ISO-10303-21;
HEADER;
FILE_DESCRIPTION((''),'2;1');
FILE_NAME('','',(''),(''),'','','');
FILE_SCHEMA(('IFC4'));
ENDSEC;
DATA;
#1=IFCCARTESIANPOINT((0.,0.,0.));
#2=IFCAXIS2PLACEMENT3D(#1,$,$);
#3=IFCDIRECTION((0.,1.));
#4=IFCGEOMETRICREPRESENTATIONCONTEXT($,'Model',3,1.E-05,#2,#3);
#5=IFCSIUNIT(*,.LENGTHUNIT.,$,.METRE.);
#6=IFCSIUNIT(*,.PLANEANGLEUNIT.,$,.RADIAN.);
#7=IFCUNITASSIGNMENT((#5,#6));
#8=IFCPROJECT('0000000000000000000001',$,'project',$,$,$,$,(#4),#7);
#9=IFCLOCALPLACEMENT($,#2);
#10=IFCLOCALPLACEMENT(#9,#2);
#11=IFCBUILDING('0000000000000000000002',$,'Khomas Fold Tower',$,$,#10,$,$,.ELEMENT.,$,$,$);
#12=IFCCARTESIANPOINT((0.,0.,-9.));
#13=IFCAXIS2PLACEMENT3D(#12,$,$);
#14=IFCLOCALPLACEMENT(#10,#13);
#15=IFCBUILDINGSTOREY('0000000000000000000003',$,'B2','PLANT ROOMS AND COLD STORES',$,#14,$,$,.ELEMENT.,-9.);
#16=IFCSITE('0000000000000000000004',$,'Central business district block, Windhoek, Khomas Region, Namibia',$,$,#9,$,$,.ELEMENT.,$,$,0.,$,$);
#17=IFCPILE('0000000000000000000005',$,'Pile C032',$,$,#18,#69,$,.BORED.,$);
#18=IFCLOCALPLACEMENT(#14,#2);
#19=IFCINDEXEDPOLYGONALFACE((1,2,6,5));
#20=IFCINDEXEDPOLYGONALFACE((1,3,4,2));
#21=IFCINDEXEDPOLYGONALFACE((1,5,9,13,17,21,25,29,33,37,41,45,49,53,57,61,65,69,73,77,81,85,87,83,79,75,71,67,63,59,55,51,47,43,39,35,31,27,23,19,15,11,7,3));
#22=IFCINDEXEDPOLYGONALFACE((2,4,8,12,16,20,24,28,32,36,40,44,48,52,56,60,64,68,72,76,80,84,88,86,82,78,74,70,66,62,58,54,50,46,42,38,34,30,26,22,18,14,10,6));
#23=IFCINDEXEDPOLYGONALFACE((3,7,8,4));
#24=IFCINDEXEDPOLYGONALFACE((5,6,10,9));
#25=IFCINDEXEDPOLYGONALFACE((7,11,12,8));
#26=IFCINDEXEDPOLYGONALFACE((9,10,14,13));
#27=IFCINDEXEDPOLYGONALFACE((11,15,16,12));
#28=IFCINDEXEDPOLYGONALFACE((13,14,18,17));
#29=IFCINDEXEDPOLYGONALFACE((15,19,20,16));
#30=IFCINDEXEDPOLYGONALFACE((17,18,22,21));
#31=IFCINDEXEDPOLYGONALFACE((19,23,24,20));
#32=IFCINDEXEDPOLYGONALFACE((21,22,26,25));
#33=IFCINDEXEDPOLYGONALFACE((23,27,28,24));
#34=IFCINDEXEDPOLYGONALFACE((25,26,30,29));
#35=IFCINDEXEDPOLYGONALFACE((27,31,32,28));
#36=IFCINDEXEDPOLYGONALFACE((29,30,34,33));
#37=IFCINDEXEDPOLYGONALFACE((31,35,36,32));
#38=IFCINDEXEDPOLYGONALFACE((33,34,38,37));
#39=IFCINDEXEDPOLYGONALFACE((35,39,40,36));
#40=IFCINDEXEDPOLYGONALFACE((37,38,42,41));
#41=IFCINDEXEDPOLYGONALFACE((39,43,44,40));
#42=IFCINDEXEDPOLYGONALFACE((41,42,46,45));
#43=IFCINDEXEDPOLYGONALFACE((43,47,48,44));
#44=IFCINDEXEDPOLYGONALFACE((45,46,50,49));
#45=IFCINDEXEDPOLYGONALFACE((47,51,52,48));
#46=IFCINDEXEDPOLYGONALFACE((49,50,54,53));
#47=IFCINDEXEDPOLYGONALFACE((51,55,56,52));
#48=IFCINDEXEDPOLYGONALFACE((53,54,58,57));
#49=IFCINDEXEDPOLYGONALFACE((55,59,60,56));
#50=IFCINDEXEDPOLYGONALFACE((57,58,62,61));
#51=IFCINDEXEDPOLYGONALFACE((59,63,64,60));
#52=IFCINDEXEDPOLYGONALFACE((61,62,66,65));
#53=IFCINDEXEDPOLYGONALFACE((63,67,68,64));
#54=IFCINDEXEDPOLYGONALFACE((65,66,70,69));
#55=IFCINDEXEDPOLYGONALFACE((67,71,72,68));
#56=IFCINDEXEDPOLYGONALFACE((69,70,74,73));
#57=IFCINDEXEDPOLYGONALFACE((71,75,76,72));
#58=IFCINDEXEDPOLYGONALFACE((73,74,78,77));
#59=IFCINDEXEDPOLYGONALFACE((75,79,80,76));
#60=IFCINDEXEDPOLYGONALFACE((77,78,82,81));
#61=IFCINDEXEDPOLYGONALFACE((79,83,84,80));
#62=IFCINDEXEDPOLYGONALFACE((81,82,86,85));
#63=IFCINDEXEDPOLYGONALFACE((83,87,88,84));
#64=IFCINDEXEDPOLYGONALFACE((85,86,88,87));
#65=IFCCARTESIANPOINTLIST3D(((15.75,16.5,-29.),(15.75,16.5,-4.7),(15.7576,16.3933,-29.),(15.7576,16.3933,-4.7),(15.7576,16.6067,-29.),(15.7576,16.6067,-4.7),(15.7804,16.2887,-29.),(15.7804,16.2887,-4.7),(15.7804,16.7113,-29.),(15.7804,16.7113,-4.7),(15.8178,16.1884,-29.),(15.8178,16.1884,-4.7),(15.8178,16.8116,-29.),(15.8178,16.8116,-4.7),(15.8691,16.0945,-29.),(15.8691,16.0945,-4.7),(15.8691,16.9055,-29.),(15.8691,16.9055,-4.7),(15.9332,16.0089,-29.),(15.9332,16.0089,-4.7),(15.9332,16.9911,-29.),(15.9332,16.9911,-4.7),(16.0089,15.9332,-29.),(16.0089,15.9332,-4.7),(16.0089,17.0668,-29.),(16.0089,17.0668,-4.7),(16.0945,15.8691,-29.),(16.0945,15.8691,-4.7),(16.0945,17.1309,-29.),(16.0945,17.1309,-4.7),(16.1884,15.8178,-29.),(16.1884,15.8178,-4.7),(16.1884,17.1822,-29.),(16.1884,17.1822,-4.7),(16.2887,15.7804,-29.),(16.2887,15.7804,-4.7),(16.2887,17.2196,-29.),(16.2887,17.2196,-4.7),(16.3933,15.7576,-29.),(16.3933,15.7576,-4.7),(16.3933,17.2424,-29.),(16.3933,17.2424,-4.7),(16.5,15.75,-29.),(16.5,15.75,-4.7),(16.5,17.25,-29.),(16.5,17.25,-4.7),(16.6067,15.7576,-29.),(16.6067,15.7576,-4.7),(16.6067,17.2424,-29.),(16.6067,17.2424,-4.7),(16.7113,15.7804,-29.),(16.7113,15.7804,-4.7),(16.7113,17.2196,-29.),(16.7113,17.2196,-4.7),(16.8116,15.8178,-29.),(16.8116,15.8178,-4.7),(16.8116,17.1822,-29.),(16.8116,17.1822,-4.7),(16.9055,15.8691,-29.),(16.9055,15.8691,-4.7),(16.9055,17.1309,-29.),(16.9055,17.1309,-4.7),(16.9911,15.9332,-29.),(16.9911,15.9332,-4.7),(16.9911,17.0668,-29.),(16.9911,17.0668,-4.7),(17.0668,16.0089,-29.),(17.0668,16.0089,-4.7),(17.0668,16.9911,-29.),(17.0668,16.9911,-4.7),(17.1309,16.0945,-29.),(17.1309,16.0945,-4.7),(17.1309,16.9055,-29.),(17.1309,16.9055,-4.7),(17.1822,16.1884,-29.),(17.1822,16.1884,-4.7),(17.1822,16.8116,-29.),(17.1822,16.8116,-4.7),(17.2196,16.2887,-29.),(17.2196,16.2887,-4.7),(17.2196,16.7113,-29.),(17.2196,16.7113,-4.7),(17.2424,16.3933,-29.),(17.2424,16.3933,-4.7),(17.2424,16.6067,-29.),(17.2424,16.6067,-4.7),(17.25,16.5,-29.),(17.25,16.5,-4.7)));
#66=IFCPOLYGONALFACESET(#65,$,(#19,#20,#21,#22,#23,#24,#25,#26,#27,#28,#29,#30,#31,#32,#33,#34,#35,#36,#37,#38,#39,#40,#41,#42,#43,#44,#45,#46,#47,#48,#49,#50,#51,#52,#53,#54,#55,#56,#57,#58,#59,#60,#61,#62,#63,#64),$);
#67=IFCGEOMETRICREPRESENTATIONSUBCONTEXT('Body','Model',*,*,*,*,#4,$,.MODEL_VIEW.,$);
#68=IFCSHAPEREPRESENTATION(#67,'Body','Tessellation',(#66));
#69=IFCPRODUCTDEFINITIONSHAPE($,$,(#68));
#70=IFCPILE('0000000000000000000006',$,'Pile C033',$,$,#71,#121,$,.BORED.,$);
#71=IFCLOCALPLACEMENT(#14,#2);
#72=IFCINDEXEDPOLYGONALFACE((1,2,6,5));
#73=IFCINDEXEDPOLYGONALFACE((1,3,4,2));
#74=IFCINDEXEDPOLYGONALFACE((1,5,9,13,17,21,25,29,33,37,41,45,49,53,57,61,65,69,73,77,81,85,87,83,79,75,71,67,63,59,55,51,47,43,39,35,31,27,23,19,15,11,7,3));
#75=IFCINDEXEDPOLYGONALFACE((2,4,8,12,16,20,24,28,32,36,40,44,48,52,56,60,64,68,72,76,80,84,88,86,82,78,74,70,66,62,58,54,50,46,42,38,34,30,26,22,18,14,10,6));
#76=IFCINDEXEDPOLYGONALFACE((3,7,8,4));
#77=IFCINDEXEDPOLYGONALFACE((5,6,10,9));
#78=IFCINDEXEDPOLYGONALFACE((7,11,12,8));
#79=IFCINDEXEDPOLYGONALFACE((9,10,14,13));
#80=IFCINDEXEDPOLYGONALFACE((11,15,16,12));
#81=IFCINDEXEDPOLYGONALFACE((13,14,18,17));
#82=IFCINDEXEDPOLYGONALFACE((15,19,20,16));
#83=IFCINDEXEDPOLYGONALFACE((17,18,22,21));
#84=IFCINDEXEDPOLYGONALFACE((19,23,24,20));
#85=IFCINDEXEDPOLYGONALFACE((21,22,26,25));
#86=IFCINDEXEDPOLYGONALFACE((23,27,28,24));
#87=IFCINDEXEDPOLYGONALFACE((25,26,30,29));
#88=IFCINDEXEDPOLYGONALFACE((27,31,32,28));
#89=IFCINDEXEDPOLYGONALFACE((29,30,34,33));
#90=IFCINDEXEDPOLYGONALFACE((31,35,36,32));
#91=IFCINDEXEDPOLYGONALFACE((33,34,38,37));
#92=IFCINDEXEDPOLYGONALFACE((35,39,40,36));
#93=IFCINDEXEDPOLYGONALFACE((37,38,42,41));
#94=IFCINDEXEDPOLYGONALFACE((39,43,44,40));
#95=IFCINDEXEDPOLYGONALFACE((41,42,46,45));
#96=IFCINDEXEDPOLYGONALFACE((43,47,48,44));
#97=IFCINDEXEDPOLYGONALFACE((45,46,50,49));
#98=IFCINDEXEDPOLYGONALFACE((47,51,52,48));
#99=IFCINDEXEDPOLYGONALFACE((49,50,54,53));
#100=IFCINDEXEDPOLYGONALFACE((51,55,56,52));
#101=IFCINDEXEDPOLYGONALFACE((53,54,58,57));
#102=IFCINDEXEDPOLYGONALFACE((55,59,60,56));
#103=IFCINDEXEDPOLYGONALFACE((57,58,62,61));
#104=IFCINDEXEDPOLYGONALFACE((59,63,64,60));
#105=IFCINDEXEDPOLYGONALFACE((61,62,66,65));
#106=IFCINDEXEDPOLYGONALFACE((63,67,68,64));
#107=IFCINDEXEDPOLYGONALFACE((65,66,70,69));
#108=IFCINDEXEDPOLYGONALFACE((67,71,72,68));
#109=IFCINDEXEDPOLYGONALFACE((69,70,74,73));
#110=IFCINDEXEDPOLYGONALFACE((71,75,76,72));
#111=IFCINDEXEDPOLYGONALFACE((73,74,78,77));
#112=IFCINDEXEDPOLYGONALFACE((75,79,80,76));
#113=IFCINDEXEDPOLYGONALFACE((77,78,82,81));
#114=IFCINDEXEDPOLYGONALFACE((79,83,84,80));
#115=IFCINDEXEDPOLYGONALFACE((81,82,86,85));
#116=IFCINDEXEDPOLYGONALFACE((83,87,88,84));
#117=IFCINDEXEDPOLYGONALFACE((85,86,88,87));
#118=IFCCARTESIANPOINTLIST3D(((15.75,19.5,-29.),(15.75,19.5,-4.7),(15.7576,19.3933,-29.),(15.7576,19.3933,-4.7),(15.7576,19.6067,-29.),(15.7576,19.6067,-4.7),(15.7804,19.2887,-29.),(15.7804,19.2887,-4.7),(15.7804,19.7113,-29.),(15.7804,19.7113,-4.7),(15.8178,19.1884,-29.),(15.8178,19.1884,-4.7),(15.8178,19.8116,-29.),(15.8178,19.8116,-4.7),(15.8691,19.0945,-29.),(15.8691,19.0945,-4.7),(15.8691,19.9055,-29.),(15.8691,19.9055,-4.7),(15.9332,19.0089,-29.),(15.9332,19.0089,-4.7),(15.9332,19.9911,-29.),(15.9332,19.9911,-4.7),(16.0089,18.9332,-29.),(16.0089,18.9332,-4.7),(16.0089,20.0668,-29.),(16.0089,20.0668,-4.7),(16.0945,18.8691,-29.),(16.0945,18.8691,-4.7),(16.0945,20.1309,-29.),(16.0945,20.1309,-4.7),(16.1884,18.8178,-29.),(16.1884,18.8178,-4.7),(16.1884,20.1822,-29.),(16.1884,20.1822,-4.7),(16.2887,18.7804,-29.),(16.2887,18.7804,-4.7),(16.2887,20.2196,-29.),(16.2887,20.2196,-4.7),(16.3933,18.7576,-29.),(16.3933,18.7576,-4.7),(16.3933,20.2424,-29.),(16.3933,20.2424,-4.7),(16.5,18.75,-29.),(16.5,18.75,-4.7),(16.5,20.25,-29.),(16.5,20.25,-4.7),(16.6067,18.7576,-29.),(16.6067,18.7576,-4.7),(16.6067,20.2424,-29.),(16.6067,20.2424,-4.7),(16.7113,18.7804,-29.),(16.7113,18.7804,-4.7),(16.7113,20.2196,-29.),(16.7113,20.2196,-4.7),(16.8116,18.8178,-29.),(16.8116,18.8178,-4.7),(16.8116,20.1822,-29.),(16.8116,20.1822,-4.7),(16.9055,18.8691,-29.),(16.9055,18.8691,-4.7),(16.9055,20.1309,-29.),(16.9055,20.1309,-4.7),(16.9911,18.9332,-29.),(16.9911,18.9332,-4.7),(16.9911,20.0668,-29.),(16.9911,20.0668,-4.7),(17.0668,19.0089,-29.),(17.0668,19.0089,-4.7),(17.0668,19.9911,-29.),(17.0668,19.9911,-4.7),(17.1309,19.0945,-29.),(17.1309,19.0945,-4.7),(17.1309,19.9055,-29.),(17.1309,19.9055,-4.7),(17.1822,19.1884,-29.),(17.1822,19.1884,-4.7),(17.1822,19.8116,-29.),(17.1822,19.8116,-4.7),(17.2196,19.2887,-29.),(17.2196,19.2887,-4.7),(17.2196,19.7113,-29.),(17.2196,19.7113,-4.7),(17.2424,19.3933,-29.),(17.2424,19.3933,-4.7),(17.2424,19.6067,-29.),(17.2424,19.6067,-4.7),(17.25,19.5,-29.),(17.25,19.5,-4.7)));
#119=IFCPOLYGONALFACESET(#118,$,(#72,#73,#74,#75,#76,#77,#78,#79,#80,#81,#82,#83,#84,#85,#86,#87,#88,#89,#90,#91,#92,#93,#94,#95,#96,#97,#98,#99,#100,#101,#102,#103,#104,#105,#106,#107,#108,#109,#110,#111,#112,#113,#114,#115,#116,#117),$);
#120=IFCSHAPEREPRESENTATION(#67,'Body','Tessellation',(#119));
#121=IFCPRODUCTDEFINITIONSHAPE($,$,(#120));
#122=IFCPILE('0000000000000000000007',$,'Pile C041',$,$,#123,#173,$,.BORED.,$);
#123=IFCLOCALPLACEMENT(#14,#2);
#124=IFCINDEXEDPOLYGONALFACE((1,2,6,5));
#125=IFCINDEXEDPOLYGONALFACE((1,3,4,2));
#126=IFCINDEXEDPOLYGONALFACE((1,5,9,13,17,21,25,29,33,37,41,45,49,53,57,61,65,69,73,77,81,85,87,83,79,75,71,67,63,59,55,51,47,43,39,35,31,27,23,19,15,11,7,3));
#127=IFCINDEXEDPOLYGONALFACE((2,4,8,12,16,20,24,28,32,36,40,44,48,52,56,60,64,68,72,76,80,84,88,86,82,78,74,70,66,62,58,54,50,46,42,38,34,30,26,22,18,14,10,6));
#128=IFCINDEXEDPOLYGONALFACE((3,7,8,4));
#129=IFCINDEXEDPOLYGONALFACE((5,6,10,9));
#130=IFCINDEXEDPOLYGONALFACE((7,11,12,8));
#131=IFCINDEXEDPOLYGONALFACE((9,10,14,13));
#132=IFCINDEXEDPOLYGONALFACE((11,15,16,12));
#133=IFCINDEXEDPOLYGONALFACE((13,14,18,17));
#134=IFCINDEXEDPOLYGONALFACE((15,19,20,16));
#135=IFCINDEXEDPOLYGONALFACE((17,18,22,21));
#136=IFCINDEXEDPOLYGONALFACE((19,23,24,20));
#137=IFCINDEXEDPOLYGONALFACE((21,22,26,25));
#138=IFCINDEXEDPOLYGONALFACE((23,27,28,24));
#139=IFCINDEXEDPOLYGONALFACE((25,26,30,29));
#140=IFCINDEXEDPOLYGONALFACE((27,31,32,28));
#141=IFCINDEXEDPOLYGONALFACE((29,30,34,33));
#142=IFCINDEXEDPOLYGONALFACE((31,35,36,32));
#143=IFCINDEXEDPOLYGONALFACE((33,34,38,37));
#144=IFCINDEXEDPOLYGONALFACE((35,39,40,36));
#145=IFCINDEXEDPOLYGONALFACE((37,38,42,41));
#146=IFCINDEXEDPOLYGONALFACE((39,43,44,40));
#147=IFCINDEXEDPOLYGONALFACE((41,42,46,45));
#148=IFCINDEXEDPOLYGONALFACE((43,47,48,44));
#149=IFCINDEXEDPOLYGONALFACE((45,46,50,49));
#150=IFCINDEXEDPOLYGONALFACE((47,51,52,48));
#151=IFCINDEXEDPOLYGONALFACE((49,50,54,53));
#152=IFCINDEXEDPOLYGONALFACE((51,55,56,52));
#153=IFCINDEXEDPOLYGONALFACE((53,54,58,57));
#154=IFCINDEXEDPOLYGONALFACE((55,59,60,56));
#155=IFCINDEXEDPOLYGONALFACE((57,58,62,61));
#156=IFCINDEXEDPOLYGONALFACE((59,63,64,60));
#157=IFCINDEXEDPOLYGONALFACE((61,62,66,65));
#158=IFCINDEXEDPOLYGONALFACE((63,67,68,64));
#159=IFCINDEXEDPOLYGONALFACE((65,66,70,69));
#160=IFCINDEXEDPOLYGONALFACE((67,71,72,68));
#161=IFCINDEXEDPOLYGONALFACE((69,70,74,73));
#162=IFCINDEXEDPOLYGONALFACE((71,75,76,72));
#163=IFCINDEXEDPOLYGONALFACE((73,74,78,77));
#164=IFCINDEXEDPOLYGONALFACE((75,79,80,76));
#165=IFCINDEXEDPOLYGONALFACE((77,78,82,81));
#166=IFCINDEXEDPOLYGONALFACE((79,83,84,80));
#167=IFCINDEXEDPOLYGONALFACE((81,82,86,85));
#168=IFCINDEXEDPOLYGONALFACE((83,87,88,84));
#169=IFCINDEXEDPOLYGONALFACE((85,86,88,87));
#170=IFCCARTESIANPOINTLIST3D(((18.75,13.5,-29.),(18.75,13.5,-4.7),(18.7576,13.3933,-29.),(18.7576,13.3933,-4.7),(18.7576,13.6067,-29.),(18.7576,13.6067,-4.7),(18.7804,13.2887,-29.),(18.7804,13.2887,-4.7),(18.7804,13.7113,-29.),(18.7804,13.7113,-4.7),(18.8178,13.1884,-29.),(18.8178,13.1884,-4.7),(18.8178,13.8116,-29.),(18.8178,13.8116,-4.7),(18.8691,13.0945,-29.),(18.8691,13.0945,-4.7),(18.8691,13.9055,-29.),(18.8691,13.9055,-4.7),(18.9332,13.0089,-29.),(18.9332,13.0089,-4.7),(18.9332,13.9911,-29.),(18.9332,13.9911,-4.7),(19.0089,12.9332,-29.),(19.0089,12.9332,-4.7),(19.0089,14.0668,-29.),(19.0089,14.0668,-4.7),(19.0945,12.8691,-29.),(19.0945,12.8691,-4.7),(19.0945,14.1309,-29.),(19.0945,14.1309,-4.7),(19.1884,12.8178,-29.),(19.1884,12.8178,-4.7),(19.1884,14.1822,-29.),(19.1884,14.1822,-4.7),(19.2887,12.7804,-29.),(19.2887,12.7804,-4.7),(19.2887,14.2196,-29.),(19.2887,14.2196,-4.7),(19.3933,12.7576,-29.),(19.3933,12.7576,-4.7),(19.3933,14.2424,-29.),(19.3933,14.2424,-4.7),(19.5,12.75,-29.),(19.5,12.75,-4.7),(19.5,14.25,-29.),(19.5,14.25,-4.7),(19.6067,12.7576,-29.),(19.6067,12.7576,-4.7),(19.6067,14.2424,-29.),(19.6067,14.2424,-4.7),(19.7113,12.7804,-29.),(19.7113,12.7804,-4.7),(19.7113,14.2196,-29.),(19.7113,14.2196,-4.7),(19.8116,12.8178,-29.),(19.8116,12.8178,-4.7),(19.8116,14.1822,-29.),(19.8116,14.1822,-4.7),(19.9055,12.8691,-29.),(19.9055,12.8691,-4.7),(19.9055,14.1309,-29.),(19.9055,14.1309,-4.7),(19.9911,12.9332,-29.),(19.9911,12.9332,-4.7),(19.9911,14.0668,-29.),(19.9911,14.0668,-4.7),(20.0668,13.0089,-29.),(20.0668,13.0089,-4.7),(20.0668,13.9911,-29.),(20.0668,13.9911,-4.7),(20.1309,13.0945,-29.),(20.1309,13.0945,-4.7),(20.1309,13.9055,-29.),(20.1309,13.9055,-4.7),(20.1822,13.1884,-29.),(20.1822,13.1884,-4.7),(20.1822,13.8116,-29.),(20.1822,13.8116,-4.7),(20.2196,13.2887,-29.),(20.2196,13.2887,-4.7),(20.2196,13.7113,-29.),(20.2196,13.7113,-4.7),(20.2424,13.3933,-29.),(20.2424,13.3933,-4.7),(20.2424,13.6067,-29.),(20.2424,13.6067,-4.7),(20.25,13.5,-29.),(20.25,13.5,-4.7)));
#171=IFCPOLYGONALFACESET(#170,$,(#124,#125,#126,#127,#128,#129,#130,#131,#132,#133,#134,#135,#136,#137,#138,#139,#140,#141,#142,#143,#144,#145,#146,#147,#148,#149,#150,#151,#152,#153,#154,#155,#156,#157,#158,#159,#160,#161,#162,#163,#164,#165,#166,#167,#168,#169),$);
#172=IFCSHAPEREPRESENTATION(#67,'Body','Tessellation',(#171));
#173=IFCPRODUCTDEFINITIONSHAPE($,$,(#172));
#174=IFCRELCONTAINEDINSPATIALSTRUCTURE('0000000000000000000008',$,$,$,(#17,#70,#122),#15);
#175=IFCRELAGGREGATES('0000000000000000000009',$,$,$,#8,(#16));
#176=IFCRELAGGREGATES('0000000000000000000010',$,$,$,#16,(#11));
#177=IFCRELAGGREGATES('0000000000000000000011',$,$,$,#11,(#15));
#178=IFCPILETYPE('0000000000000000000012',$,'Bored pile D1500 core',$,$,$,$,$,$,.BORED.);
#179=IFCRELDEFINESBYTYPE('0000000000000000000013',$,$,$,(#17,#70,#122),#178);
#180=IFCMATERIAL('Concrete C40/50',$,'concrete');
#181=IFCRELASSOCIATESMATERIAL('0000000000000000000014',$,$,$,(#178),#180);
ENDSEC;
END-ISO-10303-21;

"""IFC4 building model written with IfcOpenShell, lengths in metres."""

from ifc_helpers import new_model, si_unit, direction, frame, origin, origin_2d, place, context, subcontext, project, spatial, circle, extrude, source, transform, mapped, material, material_profile, profile_set, type_object, element, save


model = new_model("IFC4")

# Units and contexts
model_context = context("Model", 3, precision=1e-05, world=origin(), true_north=direction((0.0, 1.0)))
body_context = subcontext(model_context, "Body", "Model", "MODEL_VIEW")
ifc_project = project(units=[si_unit("LENGTHUNIT", "METRE"), si_unit("PLANEANGLEUNIT", "RADIAN")], contexts=[model_context])

# Site, building, storey
site_placement = place(None, origin())
site = spatial("IfcSite", under=ifc_project, at=site_placement, Name="Central business district block, Windhoek, Khomas Region, Namibia", CompositionType="ELEMENT", RefElevation=0.0)
building_placement = place(site_placement, origin())
building = spatial("IfcBuilding", under=site, at=building_placement, Name="Khomas Fold Tower", CompositionType="ELEMENT")
storey_placement = place(building_placement, frame((0.0, 0.0, -9.0)))
storey = spatial("IfcBuildingStorey", under=building, at=storey_placement, Name="B2", Description="PLANT ROOMS AND COLD STORES", CompositionType="ELEMENT", Elevation=-9.0)

# Piles
ifc_material_1 = material(Name="Concrete C40/50", Category="concrete")
ifc_material_profile = material_profile(ifc_material_1, circle(Radius=0.75, at=origin_2d()), Name="PILE D1500")
ifc_profile_set = profile_set([ifc_material_profile], Name="Concrete C40/50")
pile_type = type_object("IfcPileType", Name="Bored pile D1500 core", PredefinedType="BORED", material=ifc_profile_set)
shared_shape_1 = source(origin(), body_context, "Body", "SweptSolid", [
    extrude(circle(Radius=0.75, at=origin_2d()), origin(), (0.0, 0.0, 1.0), 24.3),
])
for number, where, z_axis, x_axis, name in (
    (1, (16.5, 16.5, -4.7), (0.0, 0.0, -1.0), (1.0, 0.0, 0.0), "Pile C032"),
    (2, (16.5, 19.5, -4.7), (0.0, 0.0, -1.0), (1.0, 0.0, 0.0), "Pile C033"),
    (3, (19.5, 13.5, -4.7), (0.0, 0.0, -1.0), (1.0, 0.0, 0.0), "Pile C041"),
):
    element("IfcPile", number, at=place(storey_placement, frame(where, z_axis=z_axis, x_axis=x_axis)), inside=storey, type_object=pile_type, Name=name, PredefinedType="BORED", context=body_context, shape_type="MappedRepresentation", body=[
        mapped(shared_shape_1, transform((0.0, 0.0, 0.0))),
    ])

save(model, "model.ifc")
